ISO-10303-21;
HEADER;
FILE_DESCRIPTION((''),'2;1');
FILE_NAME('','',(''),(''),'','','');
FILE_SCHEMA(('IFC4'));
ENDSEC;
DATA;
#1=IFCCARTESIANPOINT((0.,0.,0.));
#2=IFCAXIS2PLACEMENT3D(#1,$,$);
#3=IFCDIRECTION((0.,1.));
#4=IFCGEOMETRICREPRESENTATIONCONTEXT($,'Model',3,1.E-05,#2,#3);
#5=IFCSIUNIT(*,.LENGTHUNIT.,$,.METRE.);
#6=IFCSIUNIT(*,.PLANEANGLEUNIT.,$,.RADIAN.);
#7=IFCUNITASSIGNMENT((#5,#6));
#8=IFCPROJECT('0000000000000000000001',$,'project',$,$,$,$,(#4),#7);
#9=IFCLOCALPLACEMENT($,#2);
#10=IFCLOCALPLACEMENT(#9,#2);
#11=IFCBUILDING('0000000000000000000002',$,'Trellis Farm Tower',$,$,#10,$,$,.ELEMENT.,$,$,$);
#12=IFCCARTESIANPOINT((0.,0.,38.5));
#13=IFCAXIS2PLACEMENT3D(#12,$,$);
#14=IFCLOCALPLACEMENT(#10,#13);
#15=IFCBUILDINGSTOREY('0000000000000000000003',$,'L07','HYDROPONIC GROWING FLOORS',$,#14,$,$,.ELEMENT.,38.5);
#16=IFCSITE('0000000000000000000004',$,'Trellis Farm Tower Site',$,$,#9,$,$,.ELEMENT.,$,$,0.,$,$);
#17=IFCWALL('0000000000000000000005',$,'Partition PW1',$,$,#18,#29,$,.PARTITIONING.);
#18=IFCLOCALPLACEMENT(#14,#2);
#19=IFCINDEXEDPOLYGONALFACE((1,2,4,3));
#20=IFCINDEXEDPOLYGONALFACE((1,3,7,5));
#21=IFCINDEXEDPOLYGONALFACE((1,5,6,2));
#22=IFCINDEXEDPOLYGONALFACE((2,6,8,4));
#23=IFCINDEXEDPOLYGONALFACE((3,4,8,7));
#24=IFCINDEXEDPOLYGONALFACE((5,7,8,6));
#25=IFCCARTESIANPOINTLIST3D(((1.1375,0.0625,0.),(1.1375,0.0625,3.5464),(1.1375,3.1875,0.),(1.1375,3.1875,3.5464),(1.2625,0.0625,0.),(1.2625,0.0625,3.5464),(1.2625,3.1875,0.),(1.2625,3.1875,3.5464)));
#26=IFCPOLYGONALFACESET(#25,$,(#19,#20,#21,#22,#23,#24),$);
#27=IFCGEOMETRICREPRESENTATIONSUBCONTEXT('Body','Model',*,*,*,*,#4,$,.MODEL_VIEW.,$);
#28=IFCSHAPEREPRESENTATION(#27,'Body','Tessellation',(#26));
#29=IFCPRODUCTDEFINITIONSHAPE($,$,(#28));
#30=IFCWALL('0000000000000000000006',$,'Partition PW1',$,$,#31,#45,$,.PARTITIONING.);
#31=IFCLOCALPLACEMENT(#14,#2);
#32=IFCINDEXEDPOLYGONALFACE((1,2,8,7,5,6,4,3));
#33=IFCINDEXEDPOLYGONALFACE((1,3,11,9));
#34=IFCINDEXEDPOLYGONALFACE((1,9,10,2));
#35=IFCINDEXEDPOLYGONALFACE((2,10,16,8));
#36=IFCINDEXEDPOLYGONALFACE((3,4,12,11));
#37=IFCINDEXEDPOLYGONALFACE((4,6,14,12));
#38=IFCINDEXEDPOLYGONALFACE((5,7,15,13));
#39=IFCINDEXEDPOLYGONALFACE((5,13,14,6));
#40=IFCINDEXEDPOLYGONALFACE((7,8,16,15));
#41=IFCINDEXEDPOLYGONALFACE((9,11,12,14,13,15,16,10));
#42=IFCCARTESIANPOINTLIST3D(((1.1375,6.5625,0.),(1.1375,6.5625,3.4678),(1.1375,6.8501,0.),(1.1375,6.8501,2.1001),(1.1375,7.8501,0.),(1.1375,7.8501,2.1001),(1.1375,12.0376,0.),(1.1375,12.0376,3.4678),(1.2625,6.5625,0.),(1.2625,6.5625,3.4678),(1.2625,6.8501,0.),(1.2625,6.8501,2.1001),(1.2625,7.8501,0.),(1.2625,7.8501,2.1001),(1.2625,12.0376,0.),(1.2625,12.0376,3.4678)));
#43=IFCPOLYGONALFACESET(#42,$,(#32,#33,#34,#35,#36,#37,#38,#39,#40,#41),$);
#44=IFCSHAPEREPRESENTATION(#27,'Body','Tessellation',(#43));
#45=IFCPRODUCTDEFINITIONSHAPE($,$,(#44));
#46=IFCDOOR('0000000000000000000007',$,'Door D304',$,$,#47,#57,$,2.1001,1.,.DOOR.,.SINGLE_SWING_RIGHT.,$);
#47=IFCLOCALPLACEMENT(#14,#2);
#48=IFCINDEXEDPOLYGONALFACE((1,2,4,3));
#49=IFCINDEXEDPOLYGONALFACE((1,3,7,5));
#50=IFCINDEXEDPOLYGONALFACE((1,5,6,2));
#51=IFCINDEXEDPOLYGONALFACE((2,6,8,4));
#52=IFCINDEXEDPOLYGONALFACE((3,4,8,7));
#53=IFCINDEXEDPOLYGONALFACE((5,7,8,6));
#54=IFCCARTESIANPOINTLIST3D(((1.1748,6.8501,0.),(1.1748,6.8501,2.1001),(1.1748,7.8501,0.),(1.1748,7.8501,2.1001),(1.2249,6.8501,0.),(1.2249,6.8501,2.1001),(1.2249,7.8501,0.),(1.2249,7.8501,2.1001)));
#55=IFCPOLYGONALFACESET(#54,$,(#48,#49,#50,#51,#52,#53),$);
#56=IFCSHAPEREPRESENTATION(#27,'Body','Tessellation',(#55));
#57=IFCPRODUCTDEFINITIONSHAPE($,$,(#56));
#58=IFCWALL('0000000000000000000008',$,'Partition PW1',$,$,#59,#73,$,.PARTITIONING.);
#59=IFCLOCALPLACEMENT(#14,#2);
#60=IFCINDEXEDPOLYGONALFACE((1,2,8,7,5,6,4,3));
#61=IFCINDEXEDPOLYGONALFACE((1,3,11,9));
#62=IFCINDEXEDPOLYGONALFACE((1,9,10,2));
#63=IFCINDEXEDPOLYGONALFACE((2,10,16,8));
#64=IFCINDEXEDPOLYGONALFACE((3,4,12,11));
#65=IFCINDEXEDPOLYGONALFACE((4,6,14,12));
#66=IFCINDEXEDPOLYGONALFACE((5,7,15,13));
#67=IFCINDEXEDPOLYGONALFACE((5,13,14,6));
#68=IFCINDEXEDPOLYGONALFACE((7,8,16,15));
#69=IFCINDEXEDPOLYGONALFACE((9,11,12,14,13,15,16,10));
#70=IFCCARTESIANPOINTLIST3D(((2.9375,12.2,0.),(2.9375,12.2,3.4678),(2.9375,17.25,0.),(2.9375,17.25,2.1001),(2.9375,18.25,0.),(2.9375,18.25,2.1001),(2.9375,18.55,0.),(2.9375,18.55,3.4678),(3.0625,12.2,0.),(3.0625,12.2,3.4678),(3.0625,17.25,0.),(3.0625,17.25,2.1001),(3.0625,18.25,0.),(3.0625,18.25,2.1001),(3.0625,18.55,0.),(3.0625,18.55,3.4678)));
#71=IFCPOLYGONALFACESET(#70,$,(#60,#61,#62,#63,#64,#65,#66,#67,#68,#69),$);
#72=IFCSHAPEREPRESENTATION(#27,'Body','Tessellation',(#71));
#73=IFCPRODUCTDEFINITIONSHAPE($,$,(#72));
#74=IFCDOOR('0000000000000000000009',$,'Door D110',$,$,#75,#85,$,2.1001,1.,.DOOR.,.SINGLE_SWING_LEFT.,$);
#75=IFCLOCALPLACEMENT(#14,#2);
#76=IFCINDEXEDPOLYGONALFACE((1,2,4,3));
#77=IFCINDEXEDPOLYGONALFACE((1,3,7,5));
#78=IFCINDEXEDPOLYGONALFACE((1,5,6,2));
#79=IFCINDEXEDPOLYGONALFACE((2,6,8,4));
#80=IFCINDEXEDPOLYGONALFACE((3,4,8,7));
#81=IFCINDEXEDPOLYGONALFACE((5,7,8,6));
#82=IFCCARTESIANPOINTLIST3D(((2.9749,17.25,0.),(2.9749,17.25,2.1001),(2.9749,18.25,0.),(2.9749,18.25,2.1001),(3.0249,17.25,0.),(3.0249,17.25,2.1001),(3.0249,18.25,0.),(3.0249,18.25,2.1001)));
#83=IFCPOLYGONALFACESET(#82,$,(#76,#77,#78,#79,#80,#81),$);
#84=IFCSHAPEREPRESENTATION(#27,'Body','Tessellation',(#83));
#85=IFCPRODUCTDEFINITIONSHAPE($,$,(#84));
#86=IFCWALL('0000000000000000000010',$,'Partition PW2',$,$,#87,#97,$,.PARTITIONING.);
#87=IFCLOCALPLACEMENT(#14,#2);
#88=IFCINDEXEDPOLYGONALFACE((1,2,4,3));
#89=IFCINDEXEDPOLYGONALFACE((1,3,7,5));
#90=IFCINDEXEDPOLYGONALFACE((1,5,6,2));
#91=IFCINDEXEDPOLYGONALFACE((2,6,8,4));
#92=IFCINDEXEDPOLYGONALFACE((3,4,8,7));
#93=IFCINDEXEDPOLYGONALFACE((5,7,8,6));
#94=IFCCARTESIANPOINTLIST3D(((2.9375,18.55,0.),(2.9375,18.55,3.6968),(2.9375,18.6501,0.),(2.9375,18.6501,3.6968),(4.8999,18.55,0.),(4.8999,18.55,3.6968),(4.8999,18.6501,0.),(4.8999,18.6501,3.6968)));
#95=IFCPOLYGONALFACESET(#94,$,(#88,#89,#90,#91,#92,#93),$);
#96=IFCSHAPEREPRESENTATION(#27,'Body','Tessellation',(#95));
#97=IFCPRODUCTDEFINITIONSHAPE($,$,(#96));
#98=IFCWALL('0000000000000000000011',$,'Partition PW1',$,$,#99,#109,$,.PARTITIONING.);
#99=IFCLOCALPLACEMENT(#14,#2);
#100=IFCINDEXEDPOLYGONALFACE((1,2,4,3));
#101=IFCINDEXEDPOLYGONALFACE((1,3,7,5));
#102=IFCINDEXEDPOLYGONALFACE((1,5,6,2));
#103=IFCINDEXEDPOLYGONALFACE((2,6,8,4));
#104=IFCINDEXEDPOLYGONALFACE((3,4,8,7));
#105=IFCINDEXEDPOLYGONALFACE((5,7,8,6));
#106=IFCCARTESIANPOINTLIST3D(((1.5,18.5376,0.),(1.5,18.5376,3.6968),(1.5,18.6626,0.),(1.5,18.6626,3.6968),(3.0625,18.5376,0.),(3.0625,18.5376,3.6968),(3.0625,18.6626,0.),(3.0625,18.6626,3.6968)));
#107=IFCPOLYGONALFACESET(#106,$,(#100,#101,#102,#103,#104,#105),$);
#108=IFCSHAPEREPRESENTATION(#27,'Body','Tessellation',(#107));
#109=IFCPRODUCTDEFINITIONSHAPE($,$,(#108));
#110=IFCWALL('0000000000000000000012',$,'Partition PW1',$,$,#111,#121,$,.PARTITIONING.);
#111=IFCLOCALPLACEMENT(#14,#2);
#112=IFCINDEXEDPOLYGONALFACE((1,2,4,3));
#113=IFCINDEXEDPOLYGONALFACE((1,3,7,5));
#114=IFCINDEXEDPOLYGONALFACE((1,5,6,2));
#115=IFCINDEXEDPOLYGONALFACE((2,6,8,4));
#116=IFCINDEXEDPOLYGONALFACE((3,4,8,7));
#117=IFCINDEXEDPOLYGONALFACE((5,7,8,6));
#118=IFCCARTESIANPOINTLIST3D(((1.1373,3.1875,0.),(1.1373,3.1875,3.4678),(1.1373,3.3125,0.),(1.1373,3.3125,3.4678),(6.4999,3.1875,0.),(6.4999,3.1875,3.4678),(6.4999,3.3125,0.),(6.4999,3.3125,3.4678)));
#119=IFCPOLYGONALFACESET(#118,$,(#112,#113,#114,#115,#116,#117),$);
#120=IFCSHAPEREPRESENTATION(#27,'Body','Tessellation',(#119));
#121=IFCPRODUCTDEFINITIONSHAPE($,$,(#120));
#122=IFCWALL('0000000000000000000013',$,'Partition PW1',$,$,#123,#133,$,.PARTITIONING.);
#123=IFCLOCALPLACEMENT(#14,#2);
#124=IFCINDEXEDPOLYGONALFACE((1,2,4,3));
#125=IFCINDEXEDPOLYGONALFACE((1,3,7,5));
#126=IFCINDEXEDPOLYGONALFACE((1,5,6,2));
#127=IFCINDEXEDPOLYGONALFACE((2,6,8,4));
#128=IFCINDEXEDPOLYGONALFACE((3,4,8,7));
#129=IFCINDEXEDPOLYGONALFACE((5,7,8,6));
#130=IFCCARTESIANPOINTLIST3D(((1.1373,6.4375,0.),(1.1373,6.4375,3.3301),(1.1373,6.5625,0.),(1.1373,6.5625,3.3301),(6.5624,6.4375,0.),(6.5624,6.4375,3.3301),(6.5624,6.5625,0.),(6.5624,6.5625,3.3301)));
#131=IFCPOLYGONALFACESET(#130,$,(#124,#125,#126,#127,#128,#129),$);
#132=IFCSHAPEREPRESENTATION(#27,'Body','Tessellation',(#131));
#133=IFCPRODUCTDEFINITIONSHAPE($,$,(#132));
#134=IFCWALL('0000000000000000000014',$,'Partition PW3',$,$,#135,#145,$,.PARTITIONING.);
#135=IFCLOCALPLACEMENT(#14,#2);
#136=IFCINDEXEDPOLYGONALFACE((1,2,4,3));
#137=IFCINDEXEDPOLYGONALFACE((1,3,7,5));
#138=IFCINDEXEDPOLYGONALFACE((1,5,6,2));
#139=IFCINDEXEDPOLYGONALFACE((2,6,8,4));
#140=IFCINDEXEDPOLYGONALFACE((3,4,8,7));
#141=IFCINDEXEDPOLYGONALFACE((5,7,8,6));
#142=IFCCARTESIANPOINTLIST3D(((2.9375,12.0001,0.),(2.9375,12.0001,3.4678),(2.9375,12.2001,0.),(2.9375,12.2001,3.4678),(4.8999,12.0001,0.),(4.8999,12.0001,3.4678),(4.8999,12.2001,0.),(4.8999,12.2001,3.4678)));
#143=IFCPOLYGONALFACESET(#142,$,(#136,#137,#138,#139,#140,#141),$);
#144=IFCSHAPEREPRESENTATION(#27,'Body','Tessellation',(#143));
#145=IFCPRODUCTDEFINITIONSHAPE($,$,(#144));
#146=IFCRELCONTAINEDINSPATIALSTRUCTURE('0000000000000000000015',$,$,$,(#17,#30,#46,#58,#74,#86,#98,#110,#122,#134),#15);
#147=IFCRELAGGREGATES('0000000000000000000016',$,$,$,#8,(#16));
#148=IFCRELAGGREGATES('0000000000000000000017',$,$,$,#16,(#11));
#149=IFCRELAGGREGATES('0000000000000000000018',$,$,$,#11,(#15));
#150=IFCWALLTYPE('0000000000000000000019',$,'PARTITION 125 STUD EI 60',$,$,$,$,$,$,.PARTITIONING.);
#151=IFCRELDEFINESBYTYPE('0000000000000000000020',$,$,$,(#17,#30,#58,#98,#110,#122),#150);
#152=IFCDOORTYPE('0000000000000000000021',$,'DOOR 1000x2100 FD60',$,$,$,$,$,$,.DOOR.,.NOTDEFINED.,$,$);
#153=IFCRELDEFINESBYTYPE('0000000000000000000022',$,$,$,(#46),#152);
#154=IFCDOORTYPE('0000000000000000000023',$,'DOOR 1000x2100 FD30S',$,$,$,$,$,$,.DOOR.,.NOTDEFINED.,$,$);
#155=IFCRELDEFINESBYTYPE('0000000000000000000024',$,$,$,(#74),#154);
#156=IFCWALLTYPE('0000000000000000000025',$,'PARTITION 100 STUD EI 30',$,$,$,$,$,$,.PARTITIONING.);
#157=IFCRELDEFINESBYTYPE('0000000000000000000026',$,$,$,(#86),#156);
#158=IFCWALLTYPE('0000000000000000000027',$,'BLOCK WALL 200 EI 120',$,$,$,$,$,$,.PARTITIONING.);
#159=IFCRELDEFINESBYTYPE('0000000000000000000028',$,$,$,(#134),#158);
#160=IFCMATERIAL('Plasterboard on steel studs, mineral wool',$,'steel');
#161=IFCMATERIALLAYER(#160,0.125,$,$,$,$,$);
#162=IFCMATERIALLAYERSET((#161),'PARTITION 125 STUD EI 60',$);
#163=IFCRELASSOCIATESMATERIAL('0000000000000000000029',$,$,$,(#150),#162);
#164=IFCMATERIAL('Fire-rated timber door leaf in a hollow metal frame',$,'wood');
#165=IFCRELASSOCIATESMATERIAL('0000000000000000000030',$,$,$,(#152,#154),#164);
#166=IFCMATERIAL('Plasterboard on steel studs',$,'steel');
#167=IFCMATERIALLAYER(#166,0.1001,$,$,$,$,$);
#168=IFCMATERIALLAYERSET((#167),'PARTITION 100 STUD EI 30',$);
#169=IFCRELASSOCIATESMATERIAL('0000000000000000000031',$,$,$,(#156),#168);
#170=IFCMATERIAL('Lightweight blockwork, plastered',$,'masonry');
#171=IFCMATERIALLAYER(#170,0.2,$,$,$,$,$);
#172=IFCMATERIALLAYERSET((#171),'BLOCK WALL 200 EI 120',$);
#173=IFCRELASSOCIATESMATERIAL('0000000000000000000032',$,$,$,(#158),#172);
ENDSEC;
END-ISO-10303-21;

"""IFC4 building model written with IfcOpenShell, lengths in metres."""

from ifc_helpers import new_model, si_unit, direction, frame, frame_2d, origin, place, context, subcontext, project, spatial, rectangle, extrude, source, transform, mapped, material, layer, layer_set, type_object, element, fill, save


model = new_model("IFC4")

# Units and contexts
model_context = context("Model", 3, precision=1e-05, world=origin(), true_north=direction((0.0, 1.0)))
body_context = subcontext(model_context, "Body", "Model", "MODEL_VIEW")
ifc_project = project(units=[si_unit("LENGTHUNIT", "METRE"), si_unit("PLANEANGLEUNIT", "RADIAN")], contexts=[model_context])

# Site, building, storey
site_placement = place(None, origin())
site = spatial("IfcSite", under=ifc_project, at=site_placement, Name="Trellis Farm Tower Site", CompositionType="ELEMENT", RefElevation=0.0)
building_placement = place(site_placement, origin())
building = spatial("IfcBuilding", under=site, at=building_placement, Name="Trellis Farm Tower", CompositionType="ELEMENT")
storey_placement = place(building_placement, frame((0.0, 0.0, 38.5)))
storey = spatial("IfcBuildingStorey", under=building, at=storey_placement, Name="L07", Description="HYDROPONIC GROWING FLOORS", CompositionType="ELEMENT", Elevation=38.5)

# Wall
ifc_material_1 = material(Name="Plasterboard on steel studs, mineral wool", Category="steel")
ifc_layer_1 = layer(ifc_material_1, 0.125)
ifc_layer_set_1 = layer_set([ifc_layer_1], Name="PARTITION 125 STUD EI 60")
wall_type_1 = type_object("IfcWallType", Name="PARTITION 125 STUD EI 60", PredefinedType="PARTITIONING", material=ifc_layer_set_1)
shared_shape_1 = source(origin(), body_context, "Body", "SweptSolid", [
    extrude(rectangle(XDim=3.125, YDim=0.125, at=frame_2d((1.5625, 0.0))), origin(), (0.0, 0.0, 1.0), 3.5464),
])
wall_1_placement = place(storey_placement, frame((1.2, 3.1875, 0.0), z_axis=(0.0, 0.0, 1.0), x_axis=(0.0, -1.0, 0.0)))
element("IfcWall", 1, at=wall_1_placement, inside=storey, type_object=wall_type_1, Name="Partition PW1", PredefinedType="PARTITIONING", context=body_context, shape_type="MappedRepresentation", body=[
    mapped(shared_shape_1, transform((0.0, 0.0, 0.0))),
])

# Walls, openings, doors
shared_shape_2 = source(origin(), body_context, "Body", "SweptSolid", [
    extrude(rectangle(XDim=5.4751, YDim=0.125, at=frame_2d((2.7375, 0.0))), origin(), (0.0, 0.0, 1.0), 3.4678),
])
wall_2_placement = place(storey_placement, frame((1.2, 12.0376, 0.0), z_axis=(0.0, 0.0, 1.0), x_axis=(0.0, -1.0, 0.0)))
wall_2 = element("IfcWall", 2, at=wall_2_placement, inside=storey, type_object=wall_type_1, Name="Partition PW1", PredefinedType="PARTITIONING", context=body_context, shape_type="MappedRepresentation", body=[
    mapped(shared_shape_2, transform((0.0, 0.0, 0.0))),
])
shared_shape_3 = source(origin(), body_context, "Body", "SweptSolid", [
    extrude(rectangle(XDim=1.0, YDim=2.1001, at=frame_2d((0.5, 1.05))), frame((0.0, 0.0725, 0.0), z_axis=(0.0, -1.0, 0.0), x_axis=(1.0, 0.0, 0.0)), (0.0, 0.0, 1.0), 0.145),
])
opening_1_placement = place(wall_2_placement, frame((4.1875, 0.0, 0.0)))
opening_1 = element("IfcOpeningElement", 3, at=opening_1_placement, cuts=wall_2, PredefinedType="OPENING", context=body_context, shape_type="MappedRepresentation", body=[
    mapped(shared_shape_3, transform((0.0, 0.0, 0.0))),
])
ifc_material_2 = material(Name="Fire-rated timber door leaf in a hollow metal frame", Category="wood")
door_type_1 = type_object("IfcDoorType", Name="DOOR 1000x2100 FD60", OperationType="NOTDEFINED", PredefinedType="DOOR", material=ifc_material_2)
shared_shape_4 = source(origin(), body_context, "Body", "SweptSolid", [
    extrude(rectangle(XDim=1.0, YDim=2.1001, at=frame_2d((0.5, 1.05))), frame((0.0, 0.0249, 0.0), z_axis=(0.0, -1.0, 0.0), x_axis=(1.0, 0.0, 0.0)), (0.0, 0.0, 1.0), 0.05),
])
door_1_placement = place(opening_1_placement, origin())
door_1 = element("IfcDoor", 4, at=door_1_placement, inside=storey, type_object=door_type_1, Name="Door D304", OperationType="SINGLE_SWING_RIGHT", OverallHeight=2.1001, OverallWidth=1.0, PredefinedType="DOOR", context=body_context, shape_type="MappedRepresentation", body=[
    mapped(shared_shape_4, transform((0.0, 0.0, 0.0))),
])
fill(opening_1, door_1)
shared_shape_5 = source(origin(), body_context, "Body", "SweptSolid", [
    extrude(rectangle(XDim=6.3501, YDim=0.125, at=frame_2d((3.175, 0.0))), origin(), (0.0, 0.0, 1.0), 3.4678),
])
wall_3_placement = place(storey_placement, frame((3.0, 18.55, 0.0), z_axis=(0.0, 0.0, 1.0), x_axis=(0.0, -1.0, 0.0)))
wall_3 = element("IfcWall", 5, at=wall_3_placement, inside=storey, type_object=wall_type_1, Name="Partition PW1", PredefinedType="PARTITIONING", context=body_context, shape_type="MappedRepresentation", body=[
    mapped(shared_shape_5, transform((0.0, 0.0, 0.0))),
])
opening_2_placement = place(wall_3_placement, frame((0.3, 0.0, 0.0)))
opening_2 = element("IfcOpeningElement", 6, at=opening_2_placement, cuts=wall_3, PredefinedType="OPENING", context=body_context, shape_type="MappedRepresentation", body=[
    mapped(shared_shape_3, transform((0.0, 0.0, 0.0))),
])
door_type_2 = type_object("IfcDoorType", Name="DOOR 1000x2100 FD30S", OperationType="NOTDEFINED", PredefinedType="DOOR", material=ifc_material_2)
door_2_placement = place(opening_2_placement, origin())
door_2 = element("IfcDoor", 7, at=door_2_placement, inside=storey, type_object=door_type_2, Name="Door D110", OperationType="SINGLE_SWING_LEFT", OverallHeight=2.1001, OverallWidth=1.0, PredefinedType="DOOR", context=body_context, shape_type="MappedRepresentation", body=[
    mapped(shared_shape_4, transform((0.0, 0.0, 0.0))),
])
fill(opening_2, door_2)

# Walls
ifc_material_3 = material(Name="Plasterboard on steel studs", Category="steel")
ifc_layer_2 = layer(ifc_material_3, 0.1001)
ifc_layer_set_2 = layer_set([ifc_layer_2], Name="PARTITION 100 STUD EI 30")
wall_type_2 = type_object("IfcWallType", Name="PARTITION 100 STUD EI 30", PredefinedType="PARTITIONING", material=ifc_layer_set_2)
shared_shape_6 = source(origin(), body_context, "Body", "SweptSolid", [
    extrude(rectangle(XDim=1.9624, YDim=0.1001, at=frame_2d((0.9812, 0.0))), origin(), (0.0, 0.0, 1.0), 3.6968),
])
wall_4_placement = place(storey_placement, frame((2.9375, 18.6001, 0.0), z_axis=(0.0, 0.0, 1.0), x_axis=(1.0, 0.0, 0.0)))
element("IfcWall", 8, at=wall_4_placement, inside=storey, type_object=wall_type_2, Name="Partition PW2", PredefinedType="PARTITIONING", context=body_context, shape_type="MappedRepresentation", body=[
    mapped(shared_shape_6, transform((0.0, 0.0, 0.0))),
])
shared_shape_7 = source(origin(), body_context, "Body", "SweptSolid", [
    extrude(rectangle(XDim=1.5625, YDim=0.125, at=frame_2d((0.7812, 0.0))), origin(), (0.0, 0.0, 1.0), 3.6968),
])
wall_5_placement = place(storey_placement, frame((1.5, 18.6001, 0.0), z_axis=(0.0, 0.0, 1.0), x_axis=(1.0, 0.0, 0.0)))
element("IfcWall", 9, at=wall_5_placement, inside=storey, type_object=wall_type_1, Name="Partition PW1", PredefinedType="PARTITIONING", context=body_context, shape_type="MappedRepresentation", body=[
    mapped(shared_shape_7, transform((0.0, 0.0, 0.0))),
])
shared_shape_8 = source(origin(), body_context, "Body", "SweptSolid", [
    extrude(rectangle(XDim=5.3625, YDim=0.125, at=frame_2d((2.6812, 0.0))), origin(), (0.0, 0.0, 1.0), 3.4678),
])
wall_6_placement = place(storey_placement, frame((1.1375, 3.25, 0.0), z_axis=(0.0, 0.0, 1.0), x_axis=(1.0, 0.0, 0.0)))
element("IfcWall", 10, at=wall_6_placement, inside=storey, type_object=wall_type_1, Name="Partition PW1", PredefinedType="PARTITIONING", context=body_context, shape_type="MappedRepresentation", body=[
    mapped(shared_shape_8, transform((0.0, 0.0, 0.0))),
])
shared_shape_9 = source(origin(), body_context, "Body", "SweptSolid", [
    extrude(rectangle(XDim=5.425, YDim=0.125, at=frame_2d((2.7124, 0.0))), origin(), (0.0, 0.0, 1.0), 3.3301),
])
wall_7_placement = place(storey_placement, frame((1.1375, 6.5, 0.0), z_axis=(0.0, 0.0, 1.0), x_axis=(1.0, 0.0, 0.0)))
element("IfcWall", 11, at=wall_7_placement, inside=storey, type_object=wall_type_1, Name="Partition PW1", PredefinedType="PARTITIONING", context=body_context, shape_type="MappedRepresentation", body=[
    mapped(shared_shape_9, transform((0.0, 0.0, 0.0))),
])
ifc_material_4 = material(Name="Lightweight blockwork, plastered", Category="masonry")
ifc_layer_3 = layer(ifc_material_4, 0.2)
ifc_layer_set_3 = layer_set([ifc_layer_3], Name="BLOCK WALL 200 EI 120")
wall_type_3 = type_object("IfcWallType", Name="BLOCK WALL 200 EI 120", PredefinedType="PARTITIONING", material=ifc_layer_set_3)
shared_shape_10 = source(origin(), body_context, "Body", "SweptSolid", [
    extrude(rectangle(XDim=1.9624, YDim=0.2, at=frame_2d((0.9812, 0.0))), origin(), (0.0, 0.0, 1.0), 3.4678),
])
wall_8_placement = place(storey_placement, frame((2.9375, 12.1001, 0.0), z_axis=(0.0, 0.0, 1.0), x_axis=(1.0, 0.0, 0.0)))
element("IfcWall", 12, at=wall_8_placement, inside=storey, type_object=wall_type_3, Name="Partition PW3", PredefinedType="PARTITIONING", context=body_context, shape_type="MappedRepresentation", body=[
    mapped(shared_shape_10, transform((0.0, 0.0, 0.0))),
])

save(model, "model.ifc")
